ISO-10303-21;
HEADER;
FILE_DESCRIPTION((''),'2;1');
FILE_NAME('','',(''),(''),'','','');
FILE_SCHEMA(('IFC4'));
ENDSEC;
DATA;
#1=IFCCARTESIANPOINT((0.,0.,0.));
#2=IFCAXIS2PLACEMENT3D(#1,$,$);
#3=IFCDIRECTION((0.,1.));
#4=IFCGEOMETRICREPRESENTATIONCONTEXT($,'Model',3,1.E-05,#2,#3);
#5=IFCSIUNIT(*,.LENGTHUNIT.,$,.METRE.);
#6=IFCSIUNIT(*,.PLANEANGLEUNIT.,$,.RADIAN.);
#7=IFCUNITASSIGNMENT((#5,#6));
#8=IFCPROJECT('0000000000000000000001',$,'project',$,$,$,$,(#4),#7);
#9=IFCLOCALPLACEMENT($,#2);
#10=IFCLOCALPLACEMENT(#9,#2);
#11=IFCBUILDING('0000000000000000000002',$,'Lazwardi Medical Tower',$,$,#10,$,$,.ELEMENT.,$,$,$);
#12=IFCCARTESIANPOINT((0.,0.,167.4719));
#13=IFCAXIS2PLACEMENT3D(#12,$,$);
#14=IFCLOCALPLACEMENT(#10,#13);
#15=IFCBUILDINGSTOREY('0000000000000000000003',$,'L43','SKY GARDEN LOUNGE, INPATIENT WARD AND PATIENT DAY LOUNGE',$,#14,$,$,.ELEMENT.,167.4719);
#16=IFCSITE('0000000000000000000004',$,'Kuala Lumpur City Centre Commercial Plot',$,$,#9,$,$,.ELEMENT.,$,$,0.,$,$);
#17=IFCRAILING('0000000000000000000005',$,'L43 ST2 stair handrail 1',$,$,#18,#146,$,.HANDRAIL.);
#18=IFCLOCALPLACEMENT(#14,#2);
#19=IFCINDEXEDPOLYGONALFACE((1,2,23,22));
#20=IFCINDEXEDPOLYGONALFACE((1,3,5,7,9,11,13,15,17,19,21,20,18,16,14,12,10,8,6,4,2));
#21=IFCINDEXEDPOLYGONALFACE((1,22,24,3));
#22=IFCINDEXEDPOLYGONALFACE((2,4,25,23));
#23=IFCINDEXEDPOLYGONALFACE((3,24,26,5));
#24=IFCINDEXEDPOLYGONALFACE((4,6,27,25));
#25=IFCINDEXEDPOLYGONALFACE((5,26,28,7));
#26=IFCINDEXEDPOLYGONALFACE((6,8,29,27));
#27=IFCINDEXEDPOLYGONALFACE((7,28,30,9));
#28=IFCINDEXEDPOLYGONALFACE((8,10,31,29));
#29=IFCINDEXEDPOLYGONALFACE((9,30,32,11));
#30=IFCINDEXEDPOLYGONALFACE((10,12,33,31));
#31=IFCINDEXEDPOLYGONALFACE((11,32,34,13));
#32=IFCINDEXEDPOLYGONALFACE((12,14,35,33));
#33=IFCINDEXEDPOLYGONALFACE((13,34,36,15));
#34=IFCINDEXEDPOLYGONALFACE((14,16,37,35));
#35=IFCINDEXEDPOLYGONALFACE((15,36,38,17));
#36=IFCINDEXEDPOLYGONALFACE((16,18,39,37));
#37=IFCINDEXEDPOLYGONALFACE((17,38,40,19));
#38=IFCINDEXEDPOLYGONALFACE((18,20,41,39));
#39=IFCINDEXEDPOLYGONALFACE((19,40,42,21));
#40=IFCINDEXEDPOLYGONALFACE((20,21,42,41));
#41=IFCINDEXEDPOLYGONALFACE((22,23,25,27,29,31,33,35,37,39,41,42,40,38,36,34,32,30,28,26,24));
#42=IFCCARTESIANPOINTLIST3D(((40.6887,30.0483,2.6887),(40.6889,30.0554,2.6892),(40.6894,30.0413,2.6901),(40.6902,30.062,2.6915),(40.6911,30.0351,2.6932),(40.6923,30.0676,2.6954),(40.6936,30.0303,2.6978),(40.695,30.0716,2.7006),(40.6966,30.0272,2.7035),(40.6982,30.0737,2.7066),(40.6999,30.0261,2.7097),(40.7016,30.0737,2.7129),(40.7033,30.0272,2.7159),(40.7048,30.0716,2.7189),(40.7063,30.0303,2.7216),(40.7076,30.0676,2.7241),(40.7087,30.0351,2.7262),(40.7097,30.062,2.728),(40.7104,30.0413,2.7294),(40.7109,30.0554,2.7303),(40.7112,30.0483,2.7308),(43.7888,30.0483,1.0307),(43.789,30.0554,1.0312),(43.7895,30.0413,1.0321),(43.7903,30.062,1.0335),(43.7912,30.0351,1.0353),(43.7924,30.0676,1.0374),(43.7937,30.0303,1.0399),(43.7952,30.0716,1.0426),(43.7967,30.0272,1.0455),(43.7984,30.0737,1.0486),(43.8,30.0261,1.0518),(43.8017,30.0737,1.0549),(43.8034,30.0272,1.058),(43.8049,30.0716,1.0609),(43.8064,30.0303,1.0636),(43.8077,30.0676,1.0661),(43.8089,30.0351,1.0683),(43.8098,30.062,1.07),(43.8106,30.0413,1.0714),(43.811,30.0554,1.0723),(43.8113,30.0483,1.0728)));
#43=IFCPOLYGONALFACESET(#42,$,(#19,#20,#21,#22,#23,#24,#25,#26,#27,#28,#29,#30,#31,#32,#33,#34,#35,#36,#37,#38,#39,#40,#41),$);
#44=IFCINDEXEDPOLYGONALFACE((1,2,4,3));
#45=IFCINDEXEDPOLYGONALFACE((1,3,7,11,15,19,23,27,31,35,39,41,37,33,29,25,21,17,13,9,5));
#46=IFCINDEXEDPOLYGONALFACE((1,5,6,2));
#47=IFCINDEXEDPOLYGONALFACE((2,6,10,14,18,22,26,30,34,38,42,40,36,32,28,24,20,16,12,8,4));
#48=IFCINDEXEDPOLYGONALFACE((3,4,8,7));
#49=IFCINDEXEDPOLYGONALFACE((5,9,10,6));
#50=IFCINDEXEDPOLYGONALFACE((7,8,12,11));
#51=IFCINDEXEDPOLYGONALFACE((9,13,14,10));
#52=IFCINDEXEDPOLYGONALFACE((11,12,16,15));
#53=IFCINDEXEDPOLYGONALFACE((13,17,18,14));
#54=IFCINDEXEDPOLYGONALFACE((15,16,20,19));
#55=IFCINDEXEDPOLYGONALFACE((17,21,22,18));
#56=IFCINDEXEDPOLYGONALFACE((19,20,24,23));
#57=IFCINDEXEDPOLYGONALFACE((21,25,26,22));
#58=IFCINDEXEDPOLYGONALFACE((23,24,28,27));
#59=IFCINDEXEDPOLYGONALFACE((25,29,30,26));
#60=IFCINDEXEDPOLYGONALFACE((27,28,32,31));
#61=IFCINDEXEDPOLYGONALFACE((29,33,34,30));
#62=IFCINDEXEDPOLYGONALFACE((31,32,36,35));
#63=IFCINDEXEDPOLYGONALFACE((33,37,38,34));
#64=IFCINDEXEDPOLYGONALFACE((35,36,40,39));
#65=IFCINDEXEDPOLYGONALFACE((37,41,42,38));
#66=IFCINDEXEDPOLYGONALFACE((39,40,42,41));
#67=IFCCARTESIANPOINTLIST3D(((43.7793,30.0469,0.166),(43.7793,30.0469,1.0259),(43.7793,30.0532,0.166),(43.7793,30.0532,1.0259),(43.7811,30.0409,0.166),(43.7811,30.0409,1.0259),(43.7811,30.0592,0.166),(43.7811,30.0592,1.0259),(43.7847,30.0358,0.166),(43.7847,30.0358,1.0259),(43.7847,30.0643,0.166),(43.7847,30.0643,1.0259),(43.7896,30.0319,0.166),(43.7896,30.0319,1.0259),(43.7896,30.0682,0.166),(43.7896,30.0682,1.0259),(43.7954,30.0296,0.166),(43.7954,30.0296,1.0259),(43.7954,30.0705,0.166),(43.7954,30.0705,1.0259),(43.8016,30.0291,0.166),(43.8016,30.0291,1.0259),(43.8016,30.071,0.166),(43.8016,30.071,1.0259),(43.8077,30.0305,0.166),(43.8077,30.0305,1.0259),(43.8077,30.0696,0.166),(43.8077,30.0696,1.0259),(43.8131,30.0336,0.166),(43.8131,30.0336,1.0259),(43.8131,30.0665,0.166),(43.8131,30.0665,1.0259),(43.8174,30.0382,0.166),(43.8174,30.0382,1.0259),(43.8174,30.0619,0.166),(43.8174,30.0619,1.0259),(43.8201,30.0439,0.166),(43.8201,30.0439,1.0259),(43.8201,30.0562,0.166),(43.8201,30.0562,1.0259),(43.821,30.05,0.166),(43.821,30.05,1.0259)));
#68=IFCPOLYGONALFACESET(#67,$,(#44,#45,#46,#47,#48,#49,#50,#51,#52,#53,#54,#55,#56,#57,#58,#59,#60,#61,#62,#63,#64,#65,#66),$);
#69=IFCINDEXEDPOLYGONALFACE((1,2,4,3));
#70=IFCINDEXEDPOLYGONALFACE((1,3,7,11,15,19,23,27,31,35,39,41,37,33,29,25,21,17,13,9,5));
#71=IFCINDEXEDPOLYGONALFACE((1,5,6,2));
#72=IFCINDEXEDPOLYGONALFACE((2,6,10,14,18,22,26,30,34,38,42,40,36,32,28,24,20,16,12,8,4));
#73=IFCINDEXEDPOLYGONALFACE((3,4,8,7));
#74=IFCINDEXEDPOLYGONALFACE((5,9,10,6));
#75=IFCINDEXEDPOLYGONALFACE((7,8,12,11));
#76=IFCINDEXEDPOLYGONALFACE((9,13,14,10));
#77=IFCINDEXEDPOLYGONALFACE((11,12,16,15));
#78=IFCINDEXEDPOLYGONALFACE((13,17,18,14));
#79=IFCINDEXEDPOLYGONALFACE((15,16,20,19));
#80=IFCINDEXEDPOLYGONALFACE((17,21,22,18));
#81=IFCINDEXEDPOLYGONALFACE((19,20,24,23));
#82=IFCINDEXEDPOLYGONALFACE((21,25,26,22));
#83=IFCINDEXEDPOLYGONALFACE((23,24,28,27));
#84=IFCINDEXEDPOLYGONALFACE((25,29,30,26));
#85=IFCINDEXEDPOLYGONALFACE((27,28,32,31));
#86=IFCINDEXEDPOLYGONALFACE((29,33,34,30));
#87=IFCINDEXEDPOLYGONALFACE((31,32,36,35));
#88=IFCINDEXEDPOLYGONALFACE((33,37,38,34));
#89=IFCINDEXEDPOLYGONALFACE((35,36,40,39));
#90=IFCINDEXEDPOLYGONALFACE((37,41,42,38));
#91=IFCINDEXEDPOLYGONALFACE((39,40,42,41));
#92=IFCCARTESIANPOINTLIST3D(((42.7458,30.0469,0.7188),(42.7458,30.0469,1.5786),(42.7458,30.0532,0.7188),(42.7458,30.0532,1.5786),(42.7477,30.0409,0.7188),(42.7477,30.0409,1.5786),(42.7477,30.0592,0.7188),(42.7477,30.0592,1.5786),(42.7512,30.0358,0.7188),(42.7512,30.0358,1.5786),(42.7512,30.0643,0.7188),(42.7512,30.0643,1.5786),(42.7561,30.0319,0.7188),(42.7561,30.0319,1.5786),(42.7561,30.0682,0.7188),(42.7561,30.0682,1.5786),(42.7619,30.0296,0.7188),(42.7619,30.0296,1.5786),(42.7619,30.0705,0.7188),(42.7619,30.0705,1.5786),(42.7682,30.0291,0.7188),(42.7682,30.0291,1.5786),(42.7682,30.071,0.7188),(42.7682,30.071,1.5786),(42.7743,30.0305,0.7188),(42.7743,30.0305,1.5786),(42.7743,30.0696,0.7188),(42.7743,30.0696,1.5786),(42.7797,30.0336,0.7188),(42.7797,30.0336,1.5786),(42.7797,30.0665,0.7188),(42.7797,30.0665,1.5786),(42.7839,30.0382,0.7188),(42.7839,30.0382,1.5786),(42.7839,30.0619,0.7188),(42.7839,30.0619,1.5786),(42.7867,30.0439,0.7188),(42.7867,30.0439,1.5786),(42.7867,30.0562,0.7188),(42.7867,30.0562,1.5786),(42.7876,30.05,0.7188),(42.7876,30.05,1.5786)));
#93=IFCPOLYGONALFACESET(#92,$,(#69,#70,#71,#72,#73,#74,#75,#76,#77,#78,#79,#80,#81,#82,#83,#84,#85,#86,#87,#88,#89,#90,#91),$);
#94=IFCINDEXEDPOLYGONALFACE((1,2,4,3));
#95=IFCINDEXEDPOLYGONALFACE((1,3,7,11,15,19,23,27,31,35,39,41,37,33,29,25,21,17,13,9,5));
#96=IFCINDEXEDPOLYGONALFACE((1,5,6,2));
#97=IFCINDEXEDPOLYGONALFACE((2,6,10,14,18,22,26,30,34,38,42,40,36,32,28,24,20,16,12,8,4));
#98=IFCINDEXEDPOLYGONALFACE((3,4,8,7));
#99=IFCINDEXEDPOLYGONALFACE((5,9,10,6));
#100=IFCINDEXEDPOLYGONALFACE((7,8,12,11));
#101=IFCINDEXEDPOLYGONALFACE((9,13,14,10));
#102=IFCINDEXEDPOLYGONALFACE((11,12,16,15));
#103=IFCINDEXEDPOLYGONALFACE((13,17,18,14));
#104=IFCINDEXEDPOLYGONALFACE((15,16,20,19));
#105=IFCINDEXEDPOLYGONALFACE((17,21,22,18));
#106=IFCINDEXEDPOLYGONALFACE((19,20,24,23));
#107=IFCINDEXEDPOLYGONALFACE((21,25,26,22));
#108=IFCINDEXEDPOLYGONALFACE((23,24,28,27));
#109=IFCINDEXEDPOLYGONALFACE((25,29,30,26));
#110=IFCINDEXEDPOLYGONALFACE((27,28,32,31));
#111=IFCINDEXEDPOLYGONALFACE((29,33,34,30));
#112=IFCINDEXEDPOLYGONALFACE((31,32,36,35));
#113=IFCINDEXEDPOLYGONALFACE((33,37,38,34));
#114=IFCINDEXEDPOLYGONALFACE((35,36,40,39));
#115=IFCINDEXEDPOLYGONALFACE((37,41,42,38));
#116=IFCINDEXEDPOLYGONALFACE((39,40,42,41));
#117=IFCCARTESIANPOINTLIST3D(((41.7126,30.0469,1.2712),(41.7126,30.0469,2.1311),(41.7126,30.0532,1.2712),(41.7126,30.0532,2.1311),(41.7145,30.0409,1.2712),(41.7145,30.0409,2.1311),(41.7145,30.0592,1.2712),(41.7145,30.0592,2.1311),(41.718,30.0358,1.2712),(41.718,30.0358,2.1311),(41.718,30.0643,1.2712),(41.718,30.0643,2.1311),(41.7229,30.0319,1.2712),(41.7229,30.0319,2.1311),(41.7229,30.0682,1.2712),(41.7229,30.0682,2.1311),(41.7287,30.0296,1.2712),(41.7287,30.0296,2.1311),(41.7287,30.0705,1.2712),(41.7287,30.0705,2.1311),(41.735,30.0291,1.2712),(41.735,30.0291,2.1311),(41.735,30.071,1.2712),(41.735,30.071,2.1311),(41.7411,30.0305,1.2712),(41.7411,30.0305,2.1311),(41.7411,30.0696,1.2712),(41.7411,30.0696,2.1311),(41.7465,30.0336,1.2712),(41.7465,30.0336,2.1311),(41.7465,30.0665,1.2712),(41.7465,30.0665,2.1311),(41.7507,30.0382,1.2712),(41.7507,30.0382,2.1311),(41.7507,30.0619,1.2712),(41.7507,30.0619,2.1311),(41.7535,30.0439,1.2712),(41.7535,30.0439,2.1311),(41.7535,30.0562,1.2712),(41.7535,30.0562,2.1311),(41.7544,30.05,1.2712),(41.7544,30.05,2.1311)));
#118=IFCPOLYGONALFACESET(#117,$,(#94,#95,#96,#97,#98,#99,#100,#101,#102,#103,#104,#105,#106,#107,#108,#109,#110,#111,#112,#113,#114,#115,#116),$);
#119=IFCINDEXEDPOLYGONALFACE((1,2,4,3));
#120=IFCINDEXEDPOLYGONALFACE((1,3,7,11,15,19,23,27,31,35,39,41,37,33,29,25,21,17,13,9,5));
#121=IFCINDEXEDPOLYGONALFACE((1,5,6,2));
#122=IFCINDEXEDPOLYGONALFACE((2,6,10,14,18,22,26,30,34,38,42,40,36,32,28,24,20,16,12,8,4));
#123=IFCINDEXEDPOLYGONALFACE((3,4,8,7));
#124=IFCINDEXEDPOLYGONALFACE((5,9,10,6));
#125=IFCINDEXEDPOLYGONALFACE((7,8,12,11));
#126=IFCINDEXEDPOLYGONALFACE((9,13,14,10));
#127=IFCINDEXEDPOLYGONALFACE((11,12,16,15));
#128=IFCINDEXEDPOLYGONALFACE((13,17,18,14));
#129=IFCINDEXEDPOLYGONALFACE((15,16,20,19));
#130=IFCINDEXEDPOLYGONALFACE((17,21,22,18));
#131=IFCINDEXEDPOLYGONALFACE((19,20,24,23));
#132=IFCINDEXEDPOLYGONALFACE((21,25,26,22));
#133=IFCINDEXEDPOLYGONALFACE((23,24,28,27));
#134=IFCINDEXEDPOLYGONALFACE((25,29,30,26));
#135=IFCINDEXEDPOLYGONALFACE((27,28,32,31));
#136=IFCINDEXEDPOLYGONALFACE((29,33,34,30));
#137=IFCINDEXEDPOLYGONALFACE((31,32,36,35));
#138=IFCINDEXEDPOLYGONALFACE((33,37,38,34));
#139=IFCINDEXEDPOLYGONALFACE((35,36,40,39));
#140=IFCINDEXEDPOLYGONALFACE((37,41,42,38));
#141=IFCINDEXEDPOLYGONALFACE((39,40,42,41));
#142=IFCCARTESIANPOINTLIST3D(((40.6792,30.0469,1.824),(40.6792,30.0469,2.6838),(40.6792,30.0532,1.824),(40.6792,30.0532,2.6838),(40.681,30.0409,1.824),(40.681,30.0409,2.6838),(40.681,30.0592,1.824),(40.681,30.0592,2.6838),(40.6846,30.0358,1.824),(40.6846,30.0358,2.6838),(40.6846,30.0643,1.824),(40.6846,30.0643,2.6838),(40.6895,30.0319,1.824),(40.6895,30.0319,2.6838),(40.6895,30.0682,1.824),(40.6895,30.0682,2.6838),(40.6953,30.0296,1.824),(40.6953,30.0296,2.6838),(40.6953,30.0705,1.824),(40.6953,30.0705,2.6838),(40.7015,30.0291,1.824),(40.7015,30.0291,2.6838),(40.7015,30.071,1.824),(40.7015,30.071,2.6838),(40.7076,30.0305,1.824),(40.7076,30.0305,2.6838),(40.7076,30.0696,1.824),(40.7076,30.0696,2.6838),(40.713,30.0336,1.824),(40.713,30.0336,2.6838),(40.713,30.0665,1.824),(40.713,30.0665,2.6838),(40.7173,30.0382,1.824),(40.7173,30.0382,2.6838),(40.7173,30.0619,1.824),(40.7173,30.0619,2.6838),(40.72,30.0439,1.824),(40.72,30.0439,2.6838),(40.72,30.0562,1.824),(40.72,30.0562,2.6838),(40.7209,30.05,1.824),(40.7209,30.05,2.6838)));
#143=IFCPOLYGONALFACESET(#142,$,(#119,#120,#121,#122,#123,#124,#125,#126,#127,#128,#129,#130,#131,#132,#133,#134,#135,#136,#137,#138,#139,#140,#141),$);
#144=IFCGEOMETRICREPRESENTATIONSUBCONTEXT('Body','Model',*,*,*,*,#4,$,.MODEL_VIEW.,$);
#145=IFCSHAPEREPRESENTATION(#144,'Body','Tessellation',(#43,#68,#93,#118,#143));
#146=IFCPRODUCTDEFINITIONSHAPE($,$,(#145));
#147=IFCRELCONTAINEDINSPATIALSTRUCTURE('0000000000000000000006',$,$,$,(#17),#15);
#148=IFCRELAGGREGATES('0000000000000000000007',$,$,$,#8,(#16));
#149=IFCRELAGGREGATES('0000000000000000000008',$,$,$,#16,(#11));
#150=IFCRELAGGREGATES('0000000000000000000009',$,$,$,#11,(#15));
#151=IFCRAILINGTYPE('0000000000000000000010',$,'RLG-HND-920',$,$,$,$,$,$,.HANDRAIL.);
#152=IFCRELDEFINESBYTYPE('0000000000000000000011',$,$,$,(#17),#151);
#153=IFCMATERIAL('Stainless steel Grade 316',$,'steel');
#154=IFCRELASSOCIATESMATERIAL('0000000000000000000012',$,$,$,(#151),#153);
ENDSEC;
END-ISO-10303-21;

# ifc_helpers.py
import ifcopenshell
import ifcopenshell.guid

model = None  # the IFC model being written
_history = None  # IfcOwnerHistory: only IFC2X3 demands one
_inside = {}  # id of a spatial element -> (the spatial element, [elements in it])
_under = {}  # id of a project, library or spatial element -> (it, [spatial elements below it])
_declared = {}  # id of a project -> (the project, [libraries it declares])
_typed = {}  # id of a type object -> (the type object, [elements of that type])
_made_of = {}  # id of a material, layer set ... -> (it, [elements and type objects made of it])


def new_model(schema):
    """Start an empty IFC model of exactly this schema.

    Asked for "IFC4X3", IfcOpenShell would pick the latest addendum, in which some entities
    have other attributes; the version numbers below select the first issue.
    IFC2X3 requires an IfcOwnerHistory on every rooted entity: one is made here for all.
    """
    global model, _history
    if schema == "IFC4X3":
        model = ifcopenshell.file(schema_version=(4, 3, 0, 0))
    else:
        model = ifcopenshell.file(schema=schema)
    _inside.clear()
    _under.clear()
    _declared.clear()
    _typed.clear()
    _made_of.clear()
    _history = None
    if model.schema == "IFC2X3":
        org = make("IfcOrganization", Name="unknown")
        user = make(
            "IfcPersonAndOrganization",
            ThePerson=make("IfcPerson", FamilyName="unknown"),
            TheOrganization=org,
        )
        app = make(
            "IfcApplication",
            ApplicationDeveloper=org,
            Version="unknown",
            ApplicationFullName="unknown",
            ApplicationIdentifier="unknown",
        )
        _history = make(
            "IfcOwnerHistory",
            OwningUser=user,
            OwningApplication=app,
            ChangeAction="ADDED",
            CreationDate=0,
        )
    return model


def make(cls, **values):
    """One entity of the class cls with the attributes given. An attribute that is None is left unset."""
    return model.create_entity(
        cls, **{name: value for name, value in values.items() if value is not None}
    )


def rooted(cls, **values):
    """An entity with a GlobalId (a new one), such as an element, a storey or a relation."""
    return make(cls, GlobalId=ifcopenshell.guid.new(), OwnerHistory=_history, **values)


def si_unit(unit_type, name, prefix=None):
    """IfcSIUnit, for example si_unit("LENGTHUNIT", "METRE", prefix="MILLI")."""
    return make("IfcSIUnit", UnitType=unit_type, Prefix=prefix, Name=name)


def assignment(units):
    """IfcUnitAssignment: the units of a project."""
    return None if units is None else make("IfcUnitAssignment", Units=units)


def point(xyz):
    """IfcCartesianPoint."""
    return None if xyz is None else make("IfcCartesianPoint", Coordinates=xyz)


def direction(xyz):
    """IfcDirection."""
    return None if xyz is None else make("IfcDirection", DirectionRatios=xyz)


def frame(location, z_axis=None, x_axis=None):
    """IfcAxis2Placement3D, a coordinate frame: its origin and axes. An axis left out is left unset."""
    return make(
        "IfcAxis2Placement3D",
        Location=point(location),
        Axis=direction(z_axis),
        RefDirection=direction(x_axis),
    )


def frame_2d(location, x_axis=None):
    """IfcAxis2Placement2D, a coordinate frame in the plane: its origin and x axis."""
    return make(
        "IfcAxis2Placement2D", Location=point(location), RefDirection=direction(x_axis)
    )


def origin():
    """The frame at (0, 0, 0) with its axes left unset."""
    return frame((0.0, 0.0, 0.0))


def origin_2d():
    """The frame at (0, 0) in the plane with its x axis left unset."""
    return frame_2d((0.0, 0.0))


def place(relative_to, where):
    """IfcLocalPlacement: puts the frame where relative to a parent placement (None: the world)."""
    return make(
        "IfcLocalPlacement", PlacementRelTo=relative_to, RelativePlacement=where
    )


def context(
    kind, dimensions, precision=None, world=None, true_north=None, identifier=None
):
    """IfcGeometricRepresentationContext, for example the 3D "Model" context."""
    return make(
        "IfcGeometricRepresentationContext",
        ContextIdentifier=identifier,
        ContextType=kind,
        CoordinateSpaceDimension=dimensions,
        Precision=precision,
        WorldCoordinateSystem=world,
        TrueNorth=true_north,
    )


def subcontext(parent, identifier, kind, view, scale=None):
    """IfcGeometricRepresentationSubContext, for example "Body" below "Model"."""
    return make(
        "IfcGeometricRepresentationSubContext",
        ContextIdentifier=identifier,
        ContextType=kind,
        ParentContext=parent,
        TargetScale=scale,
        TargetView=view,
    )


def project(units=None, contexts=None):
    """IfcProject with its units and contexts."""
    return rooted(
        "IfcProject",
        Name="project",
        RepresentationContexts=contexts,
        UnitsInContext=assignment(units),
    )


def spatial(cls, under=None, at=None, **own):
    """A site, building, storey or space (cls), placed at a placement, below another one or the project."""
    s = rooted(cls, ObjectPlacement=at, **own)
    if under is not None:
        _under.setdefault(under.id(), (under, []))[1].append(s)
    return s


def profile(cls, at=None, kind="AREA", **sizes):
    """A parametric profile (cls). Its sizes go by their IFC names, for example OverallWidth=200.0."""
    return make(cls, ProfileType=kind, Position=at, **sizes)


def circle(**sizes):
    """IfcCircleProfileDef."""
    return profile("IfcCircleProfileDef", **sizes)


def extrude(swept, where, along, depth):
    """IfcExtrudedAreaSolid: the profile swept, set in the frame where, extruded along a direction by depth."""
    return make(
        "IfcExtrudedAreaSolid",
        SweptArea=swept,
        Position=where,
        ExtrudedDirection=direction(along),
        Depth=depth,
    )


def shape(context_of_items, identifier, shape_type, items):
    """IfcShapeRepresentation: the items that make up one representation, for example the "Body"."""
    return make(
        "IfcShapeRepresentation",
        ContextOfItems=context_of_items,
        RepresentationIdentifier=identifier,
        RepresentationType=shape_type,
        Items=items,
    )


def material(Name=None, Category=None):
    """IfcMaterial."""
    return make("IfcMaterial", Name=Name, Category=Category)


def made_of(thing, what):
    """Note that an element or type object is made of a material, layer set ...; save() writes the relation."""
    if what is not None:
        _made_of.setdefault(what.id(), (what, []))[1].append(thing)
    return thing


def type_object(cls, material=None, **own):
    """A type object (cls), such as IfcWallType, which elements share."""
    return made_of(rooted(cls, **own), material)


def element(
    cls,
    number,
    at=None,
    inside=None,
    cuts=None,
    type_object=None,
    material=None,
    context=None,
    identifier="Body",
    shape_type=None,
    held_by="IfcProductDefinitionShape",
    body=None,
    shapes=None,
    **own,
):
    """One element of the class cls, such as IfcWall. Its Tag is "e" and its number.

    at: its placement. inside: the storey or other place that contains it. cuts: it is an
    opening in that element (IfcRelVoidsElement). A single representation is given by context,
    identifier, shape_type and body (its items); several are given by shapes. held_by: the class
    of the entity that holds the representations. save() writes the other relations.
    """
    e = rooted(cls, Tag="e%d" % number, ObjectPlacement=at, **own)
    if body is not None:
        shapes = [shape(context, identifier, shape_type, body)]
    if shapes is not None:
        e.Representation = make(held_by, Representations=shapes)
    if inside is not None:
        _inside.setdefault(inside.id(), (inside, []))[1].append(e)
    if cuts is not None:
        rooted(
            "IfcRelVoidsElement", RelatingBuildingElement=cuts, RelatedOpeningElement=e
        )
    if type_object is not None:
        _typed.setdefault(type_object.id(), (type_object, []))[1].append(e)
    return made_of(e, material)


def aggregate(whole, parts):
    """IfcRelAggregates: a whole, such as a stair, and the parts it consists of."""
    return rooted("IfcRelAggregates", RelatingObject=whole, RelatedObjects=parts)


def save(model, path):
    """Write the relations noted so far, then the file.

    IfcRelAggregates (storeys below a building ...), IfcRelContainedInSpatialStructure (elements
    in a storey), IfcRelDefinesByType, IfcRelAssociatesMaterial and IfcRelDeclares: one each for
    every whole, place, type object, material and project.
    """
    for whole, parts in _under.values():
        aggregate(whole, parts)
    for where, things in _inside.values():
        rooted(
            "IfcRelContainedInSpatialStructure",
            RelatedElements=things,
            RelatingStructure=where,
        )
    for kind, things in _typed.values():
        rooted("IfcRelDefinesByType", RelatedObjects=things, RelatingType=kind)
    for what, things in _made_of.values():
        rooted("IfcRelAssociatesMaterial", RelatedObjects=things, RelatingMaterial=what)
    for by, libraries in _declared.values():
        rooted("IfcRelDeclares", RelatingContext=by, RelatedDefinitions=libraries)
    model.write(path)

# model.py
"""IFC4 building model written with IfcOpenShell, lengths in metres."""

from ifc_helpers import new_model, si_unit, direction, frame, origin, origin_2d, place, context, subcontext, project, spatial, circle, extrude, material, type_object, element, save


model = new_model("IFC4")

# Units and contexts
model_context = context("Model", 3, precision=1e-05, world=origin(), true_north=direction((0.0, 1.0)))
body_context = subcontext(model_context, "Body", "Model", "MODEL_VIEW")
ifc_project = project(units=[si_unit("LENGTHUNIT", "METRE"), si_unit("PLANEANGLEUNIT", "RADIAN")], contexts=[model_context])

# Site, building, storey
site_placement = place(None, origin())
site = spatial("IfcSite", under=ifc_project, at=site_placement, Name="Kuala Lumpur City Centre Commercial Plot", CompositionType="ELEMENT", RefElevation=0.0)
building_placement = place(site_placement, origin())
building = spatial("IfcBuilding", under=site, at=building_placement, Name="Lazwardi Medical Tower", CompositionType="ELEMENT")
storey_placement = place(building_placement, frame((0.0, 0.0, 167.4719)))
storey = spatial("IfcBuildingStorey", under=building, at=storey_placement, Name="L43", Description="SKY GARDEN LOUNGE, INPATIENT WARD AND PATIENT DAY LOUNGE", CompositionType="ELEMENT", Elevation=167.4719)

# Railing
ifc_material_1 = material(Name="Stainless steel Grade 316", Category="steel")
railing_type_1 = type_object("IfcRailingType", Name="RLG-HND-920", PredefinedType="HANDRAIL", material=ifc_material_1)
railing_1_placement = place(storey_placement, frame((43.8, 30.05, 0.166)))
element("IfcRailing", 1, at=railing_1_placement, inside=storey, type_object=railing_type_1, Name="L43 ST2 stair handrail 1", PredefinedType="HANDRAIL", context=body_context, shape_type="SweptSolid", body=[
    extrude(circle(Radius=0.0239, at=origin_2d()), frame((0.0, 0.0, 0.8857), z_axis=(-0.881812, 0.0, 0.471601), x_axis=(0.0, -1.0, 0.0)), (0.0, 0.0, 1.0), 3.5156),
    extrude(circle(Radius=0.021, at=origin_2d()), origin(), (0.0, 0.0, 1.0), 0.8599),
    extrude(circle(Radius=0.021, at=origin_2d()), frame((-1.0334, 0.0, 0.5527)), (0.0, 0.0, 1.0), 0.8599),
    extrude(circle(Radius=0.021, at=origin_2d()), frame((-2.0667, 0.0, 1.1052)), (0.0, 0.0, 1.0), 0.8599),
    extrude(circle(Radius=0.021, at=origin_2d()), frame((-3.1001, 0.0, 1.658)), (0.0, 0.0, 1.0), 0.8599),
])

save(model, "model.ifc")
